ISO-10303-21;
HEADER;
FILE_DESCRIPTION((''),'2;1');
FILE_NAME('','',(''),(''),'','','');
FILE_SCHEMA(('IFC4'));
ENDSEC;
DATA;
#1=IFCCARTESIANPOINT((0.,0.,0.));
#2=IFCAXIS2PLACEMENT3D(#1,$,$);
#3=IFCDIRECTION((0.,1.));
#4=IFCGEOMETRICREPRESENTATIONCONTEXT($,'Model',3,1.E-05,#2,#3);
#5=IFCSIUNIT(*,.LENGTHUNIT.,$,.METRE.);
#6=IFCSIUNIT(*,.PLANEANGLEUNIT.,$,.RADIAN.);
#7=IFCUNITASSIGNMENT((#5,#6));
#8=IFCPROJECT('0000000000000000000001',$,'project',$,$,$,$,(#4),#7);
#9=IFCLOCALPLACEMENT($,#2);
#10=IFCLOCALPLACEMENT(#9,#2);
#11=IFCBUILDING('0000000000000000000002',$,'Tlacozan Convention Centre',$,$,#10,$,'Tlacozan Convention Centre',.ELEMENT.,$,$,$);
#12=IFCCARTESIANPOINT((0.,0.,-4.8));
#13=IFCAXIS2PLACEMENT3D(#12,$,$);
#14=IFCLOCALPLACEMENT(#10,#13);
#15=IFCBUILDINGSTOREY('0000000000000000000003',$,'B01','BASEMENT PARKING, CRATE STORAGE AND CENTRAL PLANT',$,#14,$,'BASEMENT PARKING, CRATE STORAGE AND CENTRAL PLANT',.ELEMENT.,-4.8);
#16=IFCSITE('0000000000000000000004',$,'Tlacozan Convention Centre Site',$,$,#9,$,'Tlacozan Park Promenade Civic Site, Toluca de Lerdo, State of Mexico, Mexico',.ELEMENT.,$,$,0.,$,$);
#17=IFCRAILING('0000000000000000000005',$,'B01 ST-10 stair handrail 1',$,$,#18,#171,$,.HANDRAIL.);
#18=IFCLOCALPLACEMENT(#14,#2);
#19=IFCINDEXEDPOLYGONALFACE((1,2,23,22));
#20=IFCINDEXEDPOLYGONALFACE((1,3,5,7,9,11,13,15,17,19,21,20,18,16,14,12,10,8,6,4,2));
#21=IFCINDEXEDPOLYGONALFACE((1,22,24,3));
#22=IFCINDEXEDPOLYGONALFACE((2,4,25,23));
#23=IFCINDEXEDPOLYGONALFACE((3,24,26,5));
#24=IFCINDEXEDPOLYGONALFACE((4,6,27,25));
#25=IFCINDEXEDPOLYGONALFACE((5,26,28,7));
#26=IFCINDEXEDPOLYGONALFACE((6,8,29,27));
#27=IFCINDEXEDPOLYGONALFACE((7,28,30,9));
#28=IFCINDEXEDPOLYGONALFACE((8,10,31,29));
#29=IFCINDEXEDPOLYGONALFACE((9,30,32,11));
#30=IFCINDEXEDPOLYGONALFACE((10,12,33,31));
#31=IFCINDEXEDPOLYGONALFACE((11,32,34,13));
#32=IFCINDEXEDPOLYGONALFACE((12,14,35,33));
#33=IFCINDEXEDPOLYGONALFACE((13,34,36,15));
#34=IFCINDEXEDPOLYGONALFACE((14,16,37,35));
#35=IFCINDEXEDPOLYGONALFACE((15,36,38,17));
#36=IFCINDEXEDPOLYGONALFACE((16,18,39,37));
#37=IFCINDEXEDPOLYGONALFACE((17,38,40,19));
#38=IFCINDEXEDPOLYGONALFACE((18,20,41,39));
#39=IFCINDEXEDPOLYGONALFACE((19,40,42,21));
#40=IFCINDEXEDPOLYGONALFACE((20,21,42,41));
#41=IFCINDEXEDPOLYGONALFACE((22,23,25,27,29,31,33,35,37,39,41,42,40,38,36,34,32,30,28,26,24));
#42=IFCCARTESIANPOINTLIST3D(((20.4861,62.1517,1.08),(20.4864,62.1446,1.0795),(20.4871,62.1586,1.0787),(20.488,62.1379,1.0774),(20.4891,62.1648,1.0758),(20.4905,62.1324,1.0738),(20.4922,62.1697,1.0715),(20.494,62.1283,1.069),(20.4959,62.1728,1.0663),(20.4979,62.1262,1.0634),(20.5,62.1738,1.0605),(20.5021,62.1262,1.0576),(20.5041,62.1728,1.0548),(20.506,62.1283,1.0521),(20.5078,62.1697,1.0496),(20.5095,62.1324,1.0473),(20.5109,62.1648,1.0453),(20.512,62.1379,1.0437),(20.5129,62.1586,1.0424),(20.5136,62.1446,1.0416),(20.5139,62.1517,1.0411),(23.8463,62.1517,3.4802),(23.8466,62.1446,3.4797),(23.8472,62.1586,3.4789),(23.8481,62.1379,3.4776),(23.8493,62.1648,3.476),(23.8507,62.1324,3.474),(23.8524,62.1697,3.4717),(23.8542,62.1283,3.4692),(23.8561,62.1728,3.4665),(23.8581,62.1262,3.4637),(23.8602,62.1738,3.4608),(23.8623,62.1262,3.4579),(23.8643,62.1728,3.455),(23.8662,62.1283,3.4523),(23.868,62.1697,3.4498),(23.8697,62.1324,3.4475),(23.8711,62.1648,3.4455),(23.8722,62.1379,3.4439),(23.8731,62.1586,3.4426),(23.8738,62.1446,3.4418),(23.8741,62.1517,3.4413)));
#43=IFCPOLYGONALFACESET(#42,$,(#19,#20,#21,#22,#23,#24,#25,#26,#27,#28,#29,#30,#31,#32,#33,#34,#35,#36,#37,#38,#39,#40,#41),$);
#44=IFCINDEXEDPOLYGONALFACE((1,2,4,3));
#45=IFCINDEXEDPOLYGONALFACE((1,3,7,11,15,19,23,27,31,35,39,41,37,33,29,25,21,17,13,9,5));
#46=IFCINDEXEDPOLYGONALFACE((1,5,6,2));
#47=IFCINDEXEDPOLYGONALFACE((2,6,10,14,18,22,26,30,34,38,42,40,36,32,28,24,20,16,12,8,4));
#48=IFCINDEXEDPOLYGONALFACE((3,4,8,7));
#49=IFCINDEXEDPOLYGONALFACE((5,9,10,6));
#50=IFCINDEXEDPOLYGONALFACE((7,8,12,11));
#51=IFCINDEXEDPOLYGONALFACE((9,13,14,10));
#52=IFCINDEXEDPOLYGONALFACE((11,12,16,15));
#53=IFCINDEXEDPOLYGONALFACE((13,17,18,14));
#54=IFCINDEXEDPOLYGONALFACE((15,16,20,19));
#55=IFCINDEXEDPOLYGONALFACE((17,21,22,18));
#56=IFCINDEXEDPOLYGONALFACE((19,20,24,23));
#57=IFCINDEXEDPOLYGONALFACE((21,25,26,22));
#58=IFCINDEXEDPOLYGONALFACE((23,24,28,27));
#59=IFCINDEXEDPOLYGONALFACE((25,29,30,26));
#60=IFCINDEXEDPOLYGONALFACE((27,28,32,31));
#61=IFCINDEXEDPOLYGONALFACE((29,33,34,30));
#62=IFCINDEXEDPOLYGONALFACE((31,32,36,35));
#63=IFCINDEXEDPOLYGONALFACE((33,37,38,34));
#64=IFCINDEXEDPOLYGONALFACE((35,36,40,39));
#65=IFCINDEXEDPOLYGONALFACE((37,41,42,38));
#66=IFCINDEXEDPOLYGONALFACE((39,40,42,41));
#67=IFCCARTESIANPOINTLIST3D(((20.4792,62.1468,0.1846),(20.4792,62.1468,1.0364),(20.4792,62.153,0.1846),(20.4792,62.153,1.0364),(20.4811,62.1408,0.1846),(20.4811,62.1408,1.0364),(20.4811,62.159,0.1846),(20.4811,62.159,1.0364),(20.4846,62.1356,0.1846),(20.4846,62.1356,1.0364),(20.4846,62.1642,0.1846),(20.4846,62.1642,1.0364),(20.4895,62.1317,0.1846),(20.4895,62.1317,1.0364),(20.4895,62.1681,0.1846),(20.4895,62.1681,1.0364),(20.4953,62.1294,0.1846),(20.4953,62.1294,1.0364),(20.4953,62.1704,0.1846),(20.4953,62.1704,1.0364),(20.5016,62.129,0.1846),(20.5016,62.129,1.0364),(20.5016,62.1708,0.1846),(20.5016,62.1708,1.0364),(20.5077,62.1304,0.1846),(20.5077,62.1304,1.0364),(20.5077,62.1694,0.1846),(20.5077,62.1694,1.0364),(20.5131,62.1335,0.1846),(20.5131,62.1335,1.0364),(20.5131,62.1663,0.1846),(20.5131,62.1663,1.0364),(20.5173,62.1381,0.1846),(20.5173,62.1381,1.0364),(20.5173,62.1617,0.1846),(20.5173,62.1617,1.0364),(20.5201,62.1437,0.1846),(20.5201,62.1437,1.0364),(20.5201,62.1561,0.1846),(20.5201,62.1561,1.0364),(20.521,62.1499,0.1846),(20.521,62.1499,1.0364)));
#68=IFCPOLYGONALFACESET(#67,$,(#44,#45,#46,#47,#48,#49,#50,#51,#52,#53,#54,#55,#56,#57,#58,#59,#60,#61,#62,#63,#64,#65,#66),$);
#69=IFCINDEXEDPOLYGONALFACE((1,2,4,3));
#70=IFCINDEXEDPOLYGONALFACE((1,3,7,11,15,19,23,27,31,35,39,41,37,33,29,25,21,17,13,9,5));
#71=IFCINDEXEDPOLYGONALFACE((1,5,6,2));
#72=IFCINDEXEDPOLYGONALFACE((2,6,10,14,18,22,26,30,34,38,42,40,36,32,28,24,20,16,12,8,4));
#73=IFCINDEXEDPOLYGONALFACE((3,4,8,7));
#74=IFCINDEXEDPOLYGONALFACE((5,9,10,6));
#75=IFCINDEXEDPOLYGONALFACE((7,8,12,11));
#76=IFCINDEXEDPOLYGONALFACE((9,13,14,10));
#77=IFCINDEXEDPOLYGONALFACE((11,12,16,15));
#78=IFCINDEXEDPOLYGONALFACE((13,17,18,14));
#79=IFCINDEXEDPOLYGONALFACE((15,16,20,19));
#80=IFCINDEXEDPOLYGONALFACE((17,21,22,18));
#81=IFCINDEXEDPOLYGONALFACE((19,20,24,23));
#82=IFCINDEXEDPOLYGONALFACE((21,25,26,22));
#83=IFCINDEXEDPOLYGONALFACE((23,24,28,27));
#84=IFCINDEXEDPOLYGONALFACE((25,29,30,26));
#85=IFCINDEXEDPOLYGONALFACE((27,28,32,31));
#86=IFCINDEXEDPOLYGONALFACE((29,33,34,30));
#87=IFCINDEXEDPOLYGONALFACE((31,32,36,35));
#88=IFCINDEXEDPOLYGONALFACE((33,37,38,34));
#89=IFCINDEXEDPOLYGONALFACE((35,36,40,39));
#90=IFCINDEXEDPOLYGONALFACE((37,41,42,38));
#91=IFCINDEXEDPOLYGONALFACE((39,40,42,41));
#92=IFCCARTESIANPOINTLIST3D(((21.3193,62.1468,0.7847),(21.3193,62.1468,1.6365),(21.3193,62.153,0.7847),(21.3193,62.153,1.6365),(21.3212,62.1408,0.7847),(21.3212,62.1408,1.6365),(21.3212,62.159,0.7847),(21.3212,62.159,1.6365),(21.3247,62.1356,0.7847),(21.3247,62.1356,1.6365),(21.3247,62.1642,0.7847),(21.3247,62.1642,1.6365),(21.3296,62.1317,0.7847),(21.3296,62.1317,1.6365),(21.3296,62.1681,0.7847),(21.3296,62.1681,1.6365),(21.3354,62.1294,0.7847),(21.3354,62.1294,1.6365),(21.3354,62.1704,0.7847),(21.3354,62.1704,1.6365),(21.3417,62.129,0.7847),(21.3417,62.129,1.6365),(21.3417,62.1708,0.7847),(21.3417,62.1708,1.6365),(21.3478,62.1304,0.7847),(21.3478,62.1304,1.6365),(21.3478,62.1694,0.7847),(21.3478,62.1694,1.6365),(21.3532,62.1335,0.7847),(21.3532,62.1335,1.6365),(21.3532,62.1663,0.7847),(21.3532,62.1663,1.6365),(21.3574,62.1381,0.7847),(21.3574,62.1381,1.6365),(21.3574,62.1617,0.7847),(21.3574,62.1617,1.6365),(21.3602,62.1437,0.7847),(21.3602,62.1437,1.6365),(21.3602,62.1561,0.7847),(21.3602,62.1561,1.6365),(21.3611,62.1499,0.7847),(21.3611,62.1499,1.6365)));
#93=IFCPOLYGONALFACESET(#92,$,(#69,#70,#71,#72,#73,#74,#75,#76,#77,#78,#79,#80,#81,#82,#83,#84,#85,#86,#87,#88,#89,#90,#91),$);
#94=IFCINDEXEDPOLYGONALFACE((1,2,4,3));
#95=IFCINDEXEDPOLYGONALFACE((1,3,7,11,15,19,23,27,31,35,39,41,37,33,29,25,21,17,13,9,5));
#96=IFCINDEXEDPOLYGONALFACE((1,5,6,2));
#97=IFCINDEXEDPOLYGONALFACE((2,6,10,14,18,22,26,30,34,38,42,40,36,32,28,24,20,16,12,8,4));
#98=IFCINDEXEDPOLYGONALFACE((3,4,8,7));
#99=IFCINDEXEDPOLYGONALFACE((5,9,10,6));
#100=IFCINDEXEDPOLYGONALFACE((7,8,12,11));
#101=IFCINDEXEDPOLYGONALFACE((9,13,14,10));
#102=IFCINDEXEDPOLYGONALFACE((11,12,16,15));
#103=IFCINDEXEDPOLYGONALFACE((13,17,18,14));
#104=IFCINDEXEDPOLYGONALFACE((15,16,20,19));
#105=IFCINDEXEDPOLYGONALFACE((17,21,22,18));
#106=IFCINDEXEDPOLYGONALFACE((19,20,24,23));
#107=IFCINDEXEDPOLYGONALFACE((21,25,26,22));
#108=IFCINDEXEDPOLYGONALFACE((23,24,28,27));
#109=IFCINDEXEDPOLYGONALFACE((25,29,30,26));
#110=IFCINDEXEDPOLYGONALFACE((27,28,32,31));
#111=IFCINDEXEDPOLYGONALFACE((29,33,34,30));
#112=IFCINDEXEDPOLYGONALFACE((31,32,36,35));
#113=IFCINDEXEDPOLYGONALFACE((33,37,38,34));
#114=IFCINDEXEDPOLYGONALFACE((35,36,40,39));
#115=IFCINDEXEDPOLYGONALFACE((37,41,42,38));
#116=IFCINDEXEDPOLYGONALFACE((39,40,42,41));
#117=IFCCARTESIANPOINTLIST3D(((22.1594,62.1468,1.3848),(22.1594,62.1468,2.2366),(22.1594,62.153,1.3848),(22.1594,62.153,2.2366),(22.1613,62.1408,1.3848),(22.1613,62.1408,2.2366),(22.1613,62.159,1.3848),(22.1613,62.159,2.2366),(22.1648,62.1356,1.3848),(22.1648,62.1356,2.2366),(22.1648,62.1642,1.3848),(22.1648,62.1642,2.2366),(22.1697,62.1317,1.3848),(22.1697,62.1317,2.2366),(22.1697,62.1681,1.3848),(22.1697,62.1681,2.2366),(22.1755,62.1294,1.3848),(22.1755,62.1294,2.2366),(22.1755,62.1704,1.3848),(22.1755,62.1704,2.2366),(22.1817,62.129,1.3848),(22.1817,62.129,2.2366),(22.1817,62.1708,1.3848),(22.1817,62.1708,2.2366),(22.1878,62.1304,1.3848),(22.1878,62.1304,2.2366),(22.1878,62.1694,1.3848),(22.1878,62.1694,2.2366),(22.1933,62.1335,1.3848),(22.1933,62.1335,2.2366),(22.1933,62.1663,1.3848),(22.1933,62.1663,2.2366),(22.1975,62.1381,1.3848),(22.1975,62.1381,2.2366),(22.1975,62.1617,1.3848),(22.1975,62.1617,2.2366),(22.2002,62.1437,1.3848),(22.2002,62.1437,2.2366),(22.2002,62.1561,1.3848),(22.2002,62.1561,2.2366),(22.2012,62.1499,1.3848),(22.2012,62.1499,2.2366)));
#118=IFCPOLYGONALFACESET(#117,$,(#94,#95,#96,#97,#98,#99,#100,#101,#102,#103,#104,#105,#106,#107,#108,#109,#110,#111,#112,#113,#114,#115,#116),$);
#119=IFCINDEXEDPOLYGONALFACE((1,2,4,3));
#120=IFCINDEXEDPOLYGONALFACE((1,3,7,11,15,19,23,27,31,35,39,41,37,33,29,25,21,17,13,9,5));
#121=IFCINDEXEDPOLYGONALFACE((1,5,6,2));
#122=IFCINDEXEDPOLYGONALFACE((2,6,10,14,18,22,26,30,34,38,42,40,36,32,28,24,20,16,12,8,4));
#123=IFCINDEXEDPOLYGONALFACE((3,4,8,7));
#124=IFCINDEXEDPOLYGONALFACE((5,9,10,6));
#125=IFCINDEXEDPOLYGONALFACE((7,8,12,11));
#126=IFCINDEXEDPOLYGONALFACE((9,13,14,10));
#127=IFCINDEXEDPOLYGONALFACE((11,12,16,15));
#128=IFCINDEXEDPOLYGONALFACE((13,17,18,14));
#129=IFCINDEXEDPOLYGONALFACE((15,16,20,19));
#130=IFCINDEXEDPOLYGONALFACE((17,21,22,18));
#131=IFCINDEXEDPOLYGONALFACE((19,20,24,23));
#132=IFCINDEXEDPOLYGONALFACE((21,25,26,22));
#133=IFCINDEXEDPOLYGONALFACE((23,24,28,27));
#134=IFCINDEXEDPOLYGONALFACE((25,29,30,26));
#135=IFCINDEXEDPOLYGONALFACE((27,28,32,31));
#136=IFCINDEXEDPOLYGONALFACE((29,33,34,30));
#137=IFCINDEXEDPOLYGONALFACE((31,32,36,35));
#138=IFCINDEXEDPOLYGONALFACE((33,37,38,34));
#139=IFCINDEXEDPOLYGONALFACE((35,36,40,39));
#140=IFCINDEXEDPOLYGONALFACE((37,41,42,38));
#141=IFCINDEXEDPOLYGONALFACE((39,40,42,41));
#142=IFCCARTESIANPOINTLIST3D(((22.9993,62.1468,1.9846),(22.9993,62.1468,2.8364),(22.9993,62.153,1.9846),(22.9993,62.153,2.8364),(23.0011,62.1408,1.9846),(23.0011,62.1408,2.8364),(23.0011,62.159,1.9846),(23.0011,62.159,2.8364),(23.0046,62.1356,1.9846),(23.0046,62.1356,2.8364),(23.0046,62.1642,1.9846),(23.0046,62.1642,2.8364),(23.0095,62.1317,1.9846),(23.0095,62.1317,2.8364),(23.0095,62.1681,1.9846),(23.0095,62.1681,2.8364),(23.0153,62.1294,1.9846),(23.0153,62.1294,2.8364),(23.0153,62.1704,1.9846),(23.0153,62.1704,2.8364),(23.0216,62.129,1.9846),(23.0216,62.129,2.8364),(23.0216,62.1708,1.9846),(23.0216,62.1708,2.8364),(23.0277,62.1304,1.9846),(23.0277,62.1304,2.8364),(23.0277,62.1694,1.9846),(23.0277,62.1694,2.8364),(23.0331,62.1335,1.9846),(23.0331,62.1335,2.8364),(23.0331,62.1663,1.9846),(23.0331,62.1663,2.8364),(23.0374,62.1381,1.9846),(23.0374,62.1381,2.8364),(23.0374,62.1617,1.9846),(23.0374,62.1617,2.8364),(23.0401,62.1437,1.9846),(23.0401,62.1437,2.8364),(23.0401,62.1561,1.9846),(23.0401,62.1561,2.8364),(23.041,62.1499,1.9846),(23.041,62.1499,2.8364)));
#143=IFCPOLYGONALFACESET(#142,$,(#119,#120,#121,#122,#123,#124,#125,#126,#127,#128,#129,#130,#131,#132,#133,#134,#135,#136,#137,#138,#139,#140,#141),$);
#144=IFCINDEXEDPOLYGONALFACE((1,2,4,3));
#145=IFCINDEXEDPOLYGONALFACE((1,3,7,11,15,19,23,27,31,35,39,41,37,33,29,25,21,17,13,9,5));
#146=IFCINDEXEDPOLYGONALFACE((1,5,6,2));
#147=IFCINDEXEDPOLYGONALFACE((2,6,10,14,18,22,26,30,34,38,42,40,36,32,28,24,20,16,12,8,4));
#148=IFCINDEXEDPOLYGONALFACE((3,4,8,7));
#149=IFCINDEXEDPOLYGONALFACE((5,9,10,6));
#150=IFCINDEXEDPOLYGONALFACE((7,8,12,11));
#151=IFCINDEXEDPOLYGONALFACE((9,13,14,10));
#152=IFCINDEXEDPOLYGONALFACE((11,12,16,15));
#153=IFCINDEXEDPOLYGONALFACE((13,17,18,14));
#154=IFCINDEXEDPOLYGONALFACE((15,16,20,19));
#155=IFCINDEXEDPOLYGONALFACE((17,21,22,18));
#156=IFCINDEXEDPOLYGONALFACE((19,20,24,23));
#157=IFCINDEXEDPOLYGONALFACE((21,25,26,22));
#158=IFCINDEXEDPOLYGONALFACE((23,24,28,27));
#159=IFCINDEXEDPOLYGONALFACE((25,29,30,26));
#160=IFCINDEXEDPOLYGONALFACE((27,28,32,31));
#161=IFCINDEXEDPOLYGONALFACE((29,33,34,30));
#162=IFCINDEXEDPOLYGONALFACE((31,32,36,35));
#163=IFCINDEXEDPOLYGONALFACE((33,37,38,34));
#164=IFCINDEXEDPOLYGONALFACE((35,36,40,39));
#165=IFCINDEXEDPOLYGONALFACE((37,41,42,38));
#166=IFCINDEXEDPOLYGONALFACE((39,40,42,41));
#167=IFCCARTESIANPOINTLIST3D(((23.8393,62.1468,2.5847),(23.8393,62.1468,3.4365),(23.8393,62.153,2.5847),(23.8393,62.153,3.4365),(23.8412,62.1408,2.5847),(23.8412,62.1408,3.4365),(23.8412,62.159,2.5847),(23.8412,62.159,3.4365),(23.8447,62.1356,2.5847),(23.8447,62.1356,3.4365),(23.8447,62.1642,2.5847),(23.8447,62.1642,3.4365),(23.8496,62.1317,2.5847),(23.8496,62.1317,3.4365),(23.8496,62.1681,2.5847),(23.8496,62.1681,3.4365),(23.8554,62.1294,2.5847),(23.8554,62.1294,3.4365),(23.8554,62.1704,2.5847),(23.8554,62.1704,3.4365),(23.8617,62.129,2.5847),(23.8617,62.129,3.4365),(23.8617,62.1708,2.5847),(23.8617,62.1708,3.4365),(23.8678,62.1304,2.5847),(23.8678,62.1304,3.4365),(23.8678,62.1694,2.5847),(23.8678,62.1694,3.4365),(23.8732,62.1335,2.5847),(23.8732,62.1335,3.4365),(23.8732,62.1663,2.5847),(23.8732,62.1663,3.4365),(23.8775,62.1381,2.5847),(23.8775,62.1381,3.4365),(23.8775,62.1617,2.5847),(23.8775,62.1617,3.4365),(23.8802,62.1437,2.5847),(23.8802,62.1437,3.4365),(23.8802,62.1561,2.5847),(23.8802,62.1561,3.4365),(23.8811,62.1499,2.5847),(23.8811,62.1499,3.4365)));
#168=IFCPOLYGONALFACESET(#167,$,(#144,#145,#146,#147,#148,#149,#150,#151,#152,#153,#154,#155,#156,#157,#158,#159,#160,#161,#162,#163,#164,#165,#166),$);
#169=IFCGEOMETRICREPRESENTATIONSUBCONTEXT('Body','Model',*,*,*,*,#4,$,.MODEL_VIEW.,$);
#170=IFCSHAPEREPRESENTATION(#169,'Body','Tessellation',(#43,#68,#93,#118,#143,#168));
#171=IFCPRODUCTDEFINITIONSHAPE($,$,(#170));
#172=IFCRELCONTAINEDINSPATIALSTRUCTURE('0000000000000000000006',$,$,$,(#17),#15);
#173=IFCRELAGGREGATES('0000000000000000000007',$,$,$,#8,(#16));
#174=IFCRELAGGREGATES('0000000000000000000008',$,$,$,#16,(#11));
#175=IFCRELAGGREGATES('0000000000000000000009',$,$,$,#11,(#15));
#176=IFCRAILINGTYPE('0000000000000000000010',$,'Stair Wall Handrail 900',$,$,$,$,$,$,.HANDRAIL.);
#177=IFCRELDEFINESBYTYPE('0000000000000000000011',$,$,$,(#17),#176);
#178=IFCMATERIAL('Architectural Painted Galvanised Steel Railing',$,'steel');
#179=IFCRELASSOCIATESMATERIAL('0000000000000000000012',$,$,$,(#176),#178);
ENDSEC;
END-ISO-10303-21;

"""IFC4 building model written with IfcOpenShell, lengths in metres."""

from ifc_helpers import new_model, si_unit, direction, frame, origin, origin_2d, place, context, subcontext, project, spatial, circle, extrude, material, type_object, element, save


model = new_model("IFC4")

# Units and contexts
model_context = context("Model", 3, precision=1e-05, world=origin(), true_north=direction((0.0, 1.0)))
body_context = subcontext(model_context, "Body", "Model", "MODEL_VIEW")
ifc_project = project(units=[si_unit("LENGTHUNIT", "METRE"), si_unit("PLANEANGLEUNIT", "RADIAN")], contexts=[model_context])

# Site, building, storey
site_placement = place(None, origin())
site = spatial("IfcSite", under=ifc_project, at=site_placement, Name="Tlacozan Convention Centre Site", LongName="Tlacozan Park Promenade Civic Site, Toluca de Lerdo, State of Mexico, Mexico", CompositionType="ELEMENT", RefElevation=0.0)
building_placement = place(site_placement, origin())
building = spatial("IfcBuilding", under=site, at=building_placement, Name="Tlacozan Convention Centre", LongName="Tlacozan Convention Centre", CompositionType="ELEMENT")
storey_placement = place(building_placement, frame((0.0, 0.0, -4.8)))
storey = spatial("IfcBuildingStorey", under=building, at=storey_placement, Name="B01", Description="BASEMENT PARKING, CRATE STORAGE AND CENTRAL PLANT", LongName="BASEMENT PARKING, CRATE STORAGE AND CENTRAL PLANT", CompositionType="ELEMENT", Elevation=-4.8)

# Railing
ifc_material_1 = material(Name="Architectural Painted Galvanised Steel Railing", Category="steel")
railing_type_1 = type_object("IfcRailingType", Name="Stair Wall Handrail 900", PredefinedType="HANDRAIL", material=ifc_material_1)
railing_1_placement = place(storey_placement, frame((20.5, 62.1499, 0.1846)))
element("IfcRailing", 1, at=railing_1_placement, inside=storey, type_object=railing_type_1, Name="B01 ST-10 stair handrail 1", PredefinedType="HANDRAIL", context=body_context, shape_type="SweptSolid", body=[
    extrude(circle(Radius=0.0239, at=origin_2d()), frame((0.0, 0.0, 0.876), z_axis=(0.813725, 0.0, 0.581249), x_axis=(0.0, 1.0, 0.0)), (0.0, 0.0, 1.0), 4.1294),
    extrude(circle(Radius=0.021, at=origin_2d()), origin(), (0.0, 0.0, 1.0), 0.8518),
    extrude(circle(Radius=0.021, at=origin_2d()), frame((0.8401, 0.0, 0.6001)), (0.0, 0.0, 1.0), 0.8518),
    extrude(circle(Radius=0.021, at=origin_2d()), frame((1.6802, 0.0, 1.2002)), (0.0, 0.0, 1.0), 0.8518),
    extrude(circle(Radius=0.021, at=origin_2d()), frame((2.52, 0.0, 1.8)), (0.0, 0.0, 1.0), 0.8518),
    extrude(circle(Radius=0.021, at=origin_2d()), frame((3.3601, 0.0, 2.4001)), (0.0, 0.0, 1.0), 0.8518),
])

save(model, "model.ifc")
